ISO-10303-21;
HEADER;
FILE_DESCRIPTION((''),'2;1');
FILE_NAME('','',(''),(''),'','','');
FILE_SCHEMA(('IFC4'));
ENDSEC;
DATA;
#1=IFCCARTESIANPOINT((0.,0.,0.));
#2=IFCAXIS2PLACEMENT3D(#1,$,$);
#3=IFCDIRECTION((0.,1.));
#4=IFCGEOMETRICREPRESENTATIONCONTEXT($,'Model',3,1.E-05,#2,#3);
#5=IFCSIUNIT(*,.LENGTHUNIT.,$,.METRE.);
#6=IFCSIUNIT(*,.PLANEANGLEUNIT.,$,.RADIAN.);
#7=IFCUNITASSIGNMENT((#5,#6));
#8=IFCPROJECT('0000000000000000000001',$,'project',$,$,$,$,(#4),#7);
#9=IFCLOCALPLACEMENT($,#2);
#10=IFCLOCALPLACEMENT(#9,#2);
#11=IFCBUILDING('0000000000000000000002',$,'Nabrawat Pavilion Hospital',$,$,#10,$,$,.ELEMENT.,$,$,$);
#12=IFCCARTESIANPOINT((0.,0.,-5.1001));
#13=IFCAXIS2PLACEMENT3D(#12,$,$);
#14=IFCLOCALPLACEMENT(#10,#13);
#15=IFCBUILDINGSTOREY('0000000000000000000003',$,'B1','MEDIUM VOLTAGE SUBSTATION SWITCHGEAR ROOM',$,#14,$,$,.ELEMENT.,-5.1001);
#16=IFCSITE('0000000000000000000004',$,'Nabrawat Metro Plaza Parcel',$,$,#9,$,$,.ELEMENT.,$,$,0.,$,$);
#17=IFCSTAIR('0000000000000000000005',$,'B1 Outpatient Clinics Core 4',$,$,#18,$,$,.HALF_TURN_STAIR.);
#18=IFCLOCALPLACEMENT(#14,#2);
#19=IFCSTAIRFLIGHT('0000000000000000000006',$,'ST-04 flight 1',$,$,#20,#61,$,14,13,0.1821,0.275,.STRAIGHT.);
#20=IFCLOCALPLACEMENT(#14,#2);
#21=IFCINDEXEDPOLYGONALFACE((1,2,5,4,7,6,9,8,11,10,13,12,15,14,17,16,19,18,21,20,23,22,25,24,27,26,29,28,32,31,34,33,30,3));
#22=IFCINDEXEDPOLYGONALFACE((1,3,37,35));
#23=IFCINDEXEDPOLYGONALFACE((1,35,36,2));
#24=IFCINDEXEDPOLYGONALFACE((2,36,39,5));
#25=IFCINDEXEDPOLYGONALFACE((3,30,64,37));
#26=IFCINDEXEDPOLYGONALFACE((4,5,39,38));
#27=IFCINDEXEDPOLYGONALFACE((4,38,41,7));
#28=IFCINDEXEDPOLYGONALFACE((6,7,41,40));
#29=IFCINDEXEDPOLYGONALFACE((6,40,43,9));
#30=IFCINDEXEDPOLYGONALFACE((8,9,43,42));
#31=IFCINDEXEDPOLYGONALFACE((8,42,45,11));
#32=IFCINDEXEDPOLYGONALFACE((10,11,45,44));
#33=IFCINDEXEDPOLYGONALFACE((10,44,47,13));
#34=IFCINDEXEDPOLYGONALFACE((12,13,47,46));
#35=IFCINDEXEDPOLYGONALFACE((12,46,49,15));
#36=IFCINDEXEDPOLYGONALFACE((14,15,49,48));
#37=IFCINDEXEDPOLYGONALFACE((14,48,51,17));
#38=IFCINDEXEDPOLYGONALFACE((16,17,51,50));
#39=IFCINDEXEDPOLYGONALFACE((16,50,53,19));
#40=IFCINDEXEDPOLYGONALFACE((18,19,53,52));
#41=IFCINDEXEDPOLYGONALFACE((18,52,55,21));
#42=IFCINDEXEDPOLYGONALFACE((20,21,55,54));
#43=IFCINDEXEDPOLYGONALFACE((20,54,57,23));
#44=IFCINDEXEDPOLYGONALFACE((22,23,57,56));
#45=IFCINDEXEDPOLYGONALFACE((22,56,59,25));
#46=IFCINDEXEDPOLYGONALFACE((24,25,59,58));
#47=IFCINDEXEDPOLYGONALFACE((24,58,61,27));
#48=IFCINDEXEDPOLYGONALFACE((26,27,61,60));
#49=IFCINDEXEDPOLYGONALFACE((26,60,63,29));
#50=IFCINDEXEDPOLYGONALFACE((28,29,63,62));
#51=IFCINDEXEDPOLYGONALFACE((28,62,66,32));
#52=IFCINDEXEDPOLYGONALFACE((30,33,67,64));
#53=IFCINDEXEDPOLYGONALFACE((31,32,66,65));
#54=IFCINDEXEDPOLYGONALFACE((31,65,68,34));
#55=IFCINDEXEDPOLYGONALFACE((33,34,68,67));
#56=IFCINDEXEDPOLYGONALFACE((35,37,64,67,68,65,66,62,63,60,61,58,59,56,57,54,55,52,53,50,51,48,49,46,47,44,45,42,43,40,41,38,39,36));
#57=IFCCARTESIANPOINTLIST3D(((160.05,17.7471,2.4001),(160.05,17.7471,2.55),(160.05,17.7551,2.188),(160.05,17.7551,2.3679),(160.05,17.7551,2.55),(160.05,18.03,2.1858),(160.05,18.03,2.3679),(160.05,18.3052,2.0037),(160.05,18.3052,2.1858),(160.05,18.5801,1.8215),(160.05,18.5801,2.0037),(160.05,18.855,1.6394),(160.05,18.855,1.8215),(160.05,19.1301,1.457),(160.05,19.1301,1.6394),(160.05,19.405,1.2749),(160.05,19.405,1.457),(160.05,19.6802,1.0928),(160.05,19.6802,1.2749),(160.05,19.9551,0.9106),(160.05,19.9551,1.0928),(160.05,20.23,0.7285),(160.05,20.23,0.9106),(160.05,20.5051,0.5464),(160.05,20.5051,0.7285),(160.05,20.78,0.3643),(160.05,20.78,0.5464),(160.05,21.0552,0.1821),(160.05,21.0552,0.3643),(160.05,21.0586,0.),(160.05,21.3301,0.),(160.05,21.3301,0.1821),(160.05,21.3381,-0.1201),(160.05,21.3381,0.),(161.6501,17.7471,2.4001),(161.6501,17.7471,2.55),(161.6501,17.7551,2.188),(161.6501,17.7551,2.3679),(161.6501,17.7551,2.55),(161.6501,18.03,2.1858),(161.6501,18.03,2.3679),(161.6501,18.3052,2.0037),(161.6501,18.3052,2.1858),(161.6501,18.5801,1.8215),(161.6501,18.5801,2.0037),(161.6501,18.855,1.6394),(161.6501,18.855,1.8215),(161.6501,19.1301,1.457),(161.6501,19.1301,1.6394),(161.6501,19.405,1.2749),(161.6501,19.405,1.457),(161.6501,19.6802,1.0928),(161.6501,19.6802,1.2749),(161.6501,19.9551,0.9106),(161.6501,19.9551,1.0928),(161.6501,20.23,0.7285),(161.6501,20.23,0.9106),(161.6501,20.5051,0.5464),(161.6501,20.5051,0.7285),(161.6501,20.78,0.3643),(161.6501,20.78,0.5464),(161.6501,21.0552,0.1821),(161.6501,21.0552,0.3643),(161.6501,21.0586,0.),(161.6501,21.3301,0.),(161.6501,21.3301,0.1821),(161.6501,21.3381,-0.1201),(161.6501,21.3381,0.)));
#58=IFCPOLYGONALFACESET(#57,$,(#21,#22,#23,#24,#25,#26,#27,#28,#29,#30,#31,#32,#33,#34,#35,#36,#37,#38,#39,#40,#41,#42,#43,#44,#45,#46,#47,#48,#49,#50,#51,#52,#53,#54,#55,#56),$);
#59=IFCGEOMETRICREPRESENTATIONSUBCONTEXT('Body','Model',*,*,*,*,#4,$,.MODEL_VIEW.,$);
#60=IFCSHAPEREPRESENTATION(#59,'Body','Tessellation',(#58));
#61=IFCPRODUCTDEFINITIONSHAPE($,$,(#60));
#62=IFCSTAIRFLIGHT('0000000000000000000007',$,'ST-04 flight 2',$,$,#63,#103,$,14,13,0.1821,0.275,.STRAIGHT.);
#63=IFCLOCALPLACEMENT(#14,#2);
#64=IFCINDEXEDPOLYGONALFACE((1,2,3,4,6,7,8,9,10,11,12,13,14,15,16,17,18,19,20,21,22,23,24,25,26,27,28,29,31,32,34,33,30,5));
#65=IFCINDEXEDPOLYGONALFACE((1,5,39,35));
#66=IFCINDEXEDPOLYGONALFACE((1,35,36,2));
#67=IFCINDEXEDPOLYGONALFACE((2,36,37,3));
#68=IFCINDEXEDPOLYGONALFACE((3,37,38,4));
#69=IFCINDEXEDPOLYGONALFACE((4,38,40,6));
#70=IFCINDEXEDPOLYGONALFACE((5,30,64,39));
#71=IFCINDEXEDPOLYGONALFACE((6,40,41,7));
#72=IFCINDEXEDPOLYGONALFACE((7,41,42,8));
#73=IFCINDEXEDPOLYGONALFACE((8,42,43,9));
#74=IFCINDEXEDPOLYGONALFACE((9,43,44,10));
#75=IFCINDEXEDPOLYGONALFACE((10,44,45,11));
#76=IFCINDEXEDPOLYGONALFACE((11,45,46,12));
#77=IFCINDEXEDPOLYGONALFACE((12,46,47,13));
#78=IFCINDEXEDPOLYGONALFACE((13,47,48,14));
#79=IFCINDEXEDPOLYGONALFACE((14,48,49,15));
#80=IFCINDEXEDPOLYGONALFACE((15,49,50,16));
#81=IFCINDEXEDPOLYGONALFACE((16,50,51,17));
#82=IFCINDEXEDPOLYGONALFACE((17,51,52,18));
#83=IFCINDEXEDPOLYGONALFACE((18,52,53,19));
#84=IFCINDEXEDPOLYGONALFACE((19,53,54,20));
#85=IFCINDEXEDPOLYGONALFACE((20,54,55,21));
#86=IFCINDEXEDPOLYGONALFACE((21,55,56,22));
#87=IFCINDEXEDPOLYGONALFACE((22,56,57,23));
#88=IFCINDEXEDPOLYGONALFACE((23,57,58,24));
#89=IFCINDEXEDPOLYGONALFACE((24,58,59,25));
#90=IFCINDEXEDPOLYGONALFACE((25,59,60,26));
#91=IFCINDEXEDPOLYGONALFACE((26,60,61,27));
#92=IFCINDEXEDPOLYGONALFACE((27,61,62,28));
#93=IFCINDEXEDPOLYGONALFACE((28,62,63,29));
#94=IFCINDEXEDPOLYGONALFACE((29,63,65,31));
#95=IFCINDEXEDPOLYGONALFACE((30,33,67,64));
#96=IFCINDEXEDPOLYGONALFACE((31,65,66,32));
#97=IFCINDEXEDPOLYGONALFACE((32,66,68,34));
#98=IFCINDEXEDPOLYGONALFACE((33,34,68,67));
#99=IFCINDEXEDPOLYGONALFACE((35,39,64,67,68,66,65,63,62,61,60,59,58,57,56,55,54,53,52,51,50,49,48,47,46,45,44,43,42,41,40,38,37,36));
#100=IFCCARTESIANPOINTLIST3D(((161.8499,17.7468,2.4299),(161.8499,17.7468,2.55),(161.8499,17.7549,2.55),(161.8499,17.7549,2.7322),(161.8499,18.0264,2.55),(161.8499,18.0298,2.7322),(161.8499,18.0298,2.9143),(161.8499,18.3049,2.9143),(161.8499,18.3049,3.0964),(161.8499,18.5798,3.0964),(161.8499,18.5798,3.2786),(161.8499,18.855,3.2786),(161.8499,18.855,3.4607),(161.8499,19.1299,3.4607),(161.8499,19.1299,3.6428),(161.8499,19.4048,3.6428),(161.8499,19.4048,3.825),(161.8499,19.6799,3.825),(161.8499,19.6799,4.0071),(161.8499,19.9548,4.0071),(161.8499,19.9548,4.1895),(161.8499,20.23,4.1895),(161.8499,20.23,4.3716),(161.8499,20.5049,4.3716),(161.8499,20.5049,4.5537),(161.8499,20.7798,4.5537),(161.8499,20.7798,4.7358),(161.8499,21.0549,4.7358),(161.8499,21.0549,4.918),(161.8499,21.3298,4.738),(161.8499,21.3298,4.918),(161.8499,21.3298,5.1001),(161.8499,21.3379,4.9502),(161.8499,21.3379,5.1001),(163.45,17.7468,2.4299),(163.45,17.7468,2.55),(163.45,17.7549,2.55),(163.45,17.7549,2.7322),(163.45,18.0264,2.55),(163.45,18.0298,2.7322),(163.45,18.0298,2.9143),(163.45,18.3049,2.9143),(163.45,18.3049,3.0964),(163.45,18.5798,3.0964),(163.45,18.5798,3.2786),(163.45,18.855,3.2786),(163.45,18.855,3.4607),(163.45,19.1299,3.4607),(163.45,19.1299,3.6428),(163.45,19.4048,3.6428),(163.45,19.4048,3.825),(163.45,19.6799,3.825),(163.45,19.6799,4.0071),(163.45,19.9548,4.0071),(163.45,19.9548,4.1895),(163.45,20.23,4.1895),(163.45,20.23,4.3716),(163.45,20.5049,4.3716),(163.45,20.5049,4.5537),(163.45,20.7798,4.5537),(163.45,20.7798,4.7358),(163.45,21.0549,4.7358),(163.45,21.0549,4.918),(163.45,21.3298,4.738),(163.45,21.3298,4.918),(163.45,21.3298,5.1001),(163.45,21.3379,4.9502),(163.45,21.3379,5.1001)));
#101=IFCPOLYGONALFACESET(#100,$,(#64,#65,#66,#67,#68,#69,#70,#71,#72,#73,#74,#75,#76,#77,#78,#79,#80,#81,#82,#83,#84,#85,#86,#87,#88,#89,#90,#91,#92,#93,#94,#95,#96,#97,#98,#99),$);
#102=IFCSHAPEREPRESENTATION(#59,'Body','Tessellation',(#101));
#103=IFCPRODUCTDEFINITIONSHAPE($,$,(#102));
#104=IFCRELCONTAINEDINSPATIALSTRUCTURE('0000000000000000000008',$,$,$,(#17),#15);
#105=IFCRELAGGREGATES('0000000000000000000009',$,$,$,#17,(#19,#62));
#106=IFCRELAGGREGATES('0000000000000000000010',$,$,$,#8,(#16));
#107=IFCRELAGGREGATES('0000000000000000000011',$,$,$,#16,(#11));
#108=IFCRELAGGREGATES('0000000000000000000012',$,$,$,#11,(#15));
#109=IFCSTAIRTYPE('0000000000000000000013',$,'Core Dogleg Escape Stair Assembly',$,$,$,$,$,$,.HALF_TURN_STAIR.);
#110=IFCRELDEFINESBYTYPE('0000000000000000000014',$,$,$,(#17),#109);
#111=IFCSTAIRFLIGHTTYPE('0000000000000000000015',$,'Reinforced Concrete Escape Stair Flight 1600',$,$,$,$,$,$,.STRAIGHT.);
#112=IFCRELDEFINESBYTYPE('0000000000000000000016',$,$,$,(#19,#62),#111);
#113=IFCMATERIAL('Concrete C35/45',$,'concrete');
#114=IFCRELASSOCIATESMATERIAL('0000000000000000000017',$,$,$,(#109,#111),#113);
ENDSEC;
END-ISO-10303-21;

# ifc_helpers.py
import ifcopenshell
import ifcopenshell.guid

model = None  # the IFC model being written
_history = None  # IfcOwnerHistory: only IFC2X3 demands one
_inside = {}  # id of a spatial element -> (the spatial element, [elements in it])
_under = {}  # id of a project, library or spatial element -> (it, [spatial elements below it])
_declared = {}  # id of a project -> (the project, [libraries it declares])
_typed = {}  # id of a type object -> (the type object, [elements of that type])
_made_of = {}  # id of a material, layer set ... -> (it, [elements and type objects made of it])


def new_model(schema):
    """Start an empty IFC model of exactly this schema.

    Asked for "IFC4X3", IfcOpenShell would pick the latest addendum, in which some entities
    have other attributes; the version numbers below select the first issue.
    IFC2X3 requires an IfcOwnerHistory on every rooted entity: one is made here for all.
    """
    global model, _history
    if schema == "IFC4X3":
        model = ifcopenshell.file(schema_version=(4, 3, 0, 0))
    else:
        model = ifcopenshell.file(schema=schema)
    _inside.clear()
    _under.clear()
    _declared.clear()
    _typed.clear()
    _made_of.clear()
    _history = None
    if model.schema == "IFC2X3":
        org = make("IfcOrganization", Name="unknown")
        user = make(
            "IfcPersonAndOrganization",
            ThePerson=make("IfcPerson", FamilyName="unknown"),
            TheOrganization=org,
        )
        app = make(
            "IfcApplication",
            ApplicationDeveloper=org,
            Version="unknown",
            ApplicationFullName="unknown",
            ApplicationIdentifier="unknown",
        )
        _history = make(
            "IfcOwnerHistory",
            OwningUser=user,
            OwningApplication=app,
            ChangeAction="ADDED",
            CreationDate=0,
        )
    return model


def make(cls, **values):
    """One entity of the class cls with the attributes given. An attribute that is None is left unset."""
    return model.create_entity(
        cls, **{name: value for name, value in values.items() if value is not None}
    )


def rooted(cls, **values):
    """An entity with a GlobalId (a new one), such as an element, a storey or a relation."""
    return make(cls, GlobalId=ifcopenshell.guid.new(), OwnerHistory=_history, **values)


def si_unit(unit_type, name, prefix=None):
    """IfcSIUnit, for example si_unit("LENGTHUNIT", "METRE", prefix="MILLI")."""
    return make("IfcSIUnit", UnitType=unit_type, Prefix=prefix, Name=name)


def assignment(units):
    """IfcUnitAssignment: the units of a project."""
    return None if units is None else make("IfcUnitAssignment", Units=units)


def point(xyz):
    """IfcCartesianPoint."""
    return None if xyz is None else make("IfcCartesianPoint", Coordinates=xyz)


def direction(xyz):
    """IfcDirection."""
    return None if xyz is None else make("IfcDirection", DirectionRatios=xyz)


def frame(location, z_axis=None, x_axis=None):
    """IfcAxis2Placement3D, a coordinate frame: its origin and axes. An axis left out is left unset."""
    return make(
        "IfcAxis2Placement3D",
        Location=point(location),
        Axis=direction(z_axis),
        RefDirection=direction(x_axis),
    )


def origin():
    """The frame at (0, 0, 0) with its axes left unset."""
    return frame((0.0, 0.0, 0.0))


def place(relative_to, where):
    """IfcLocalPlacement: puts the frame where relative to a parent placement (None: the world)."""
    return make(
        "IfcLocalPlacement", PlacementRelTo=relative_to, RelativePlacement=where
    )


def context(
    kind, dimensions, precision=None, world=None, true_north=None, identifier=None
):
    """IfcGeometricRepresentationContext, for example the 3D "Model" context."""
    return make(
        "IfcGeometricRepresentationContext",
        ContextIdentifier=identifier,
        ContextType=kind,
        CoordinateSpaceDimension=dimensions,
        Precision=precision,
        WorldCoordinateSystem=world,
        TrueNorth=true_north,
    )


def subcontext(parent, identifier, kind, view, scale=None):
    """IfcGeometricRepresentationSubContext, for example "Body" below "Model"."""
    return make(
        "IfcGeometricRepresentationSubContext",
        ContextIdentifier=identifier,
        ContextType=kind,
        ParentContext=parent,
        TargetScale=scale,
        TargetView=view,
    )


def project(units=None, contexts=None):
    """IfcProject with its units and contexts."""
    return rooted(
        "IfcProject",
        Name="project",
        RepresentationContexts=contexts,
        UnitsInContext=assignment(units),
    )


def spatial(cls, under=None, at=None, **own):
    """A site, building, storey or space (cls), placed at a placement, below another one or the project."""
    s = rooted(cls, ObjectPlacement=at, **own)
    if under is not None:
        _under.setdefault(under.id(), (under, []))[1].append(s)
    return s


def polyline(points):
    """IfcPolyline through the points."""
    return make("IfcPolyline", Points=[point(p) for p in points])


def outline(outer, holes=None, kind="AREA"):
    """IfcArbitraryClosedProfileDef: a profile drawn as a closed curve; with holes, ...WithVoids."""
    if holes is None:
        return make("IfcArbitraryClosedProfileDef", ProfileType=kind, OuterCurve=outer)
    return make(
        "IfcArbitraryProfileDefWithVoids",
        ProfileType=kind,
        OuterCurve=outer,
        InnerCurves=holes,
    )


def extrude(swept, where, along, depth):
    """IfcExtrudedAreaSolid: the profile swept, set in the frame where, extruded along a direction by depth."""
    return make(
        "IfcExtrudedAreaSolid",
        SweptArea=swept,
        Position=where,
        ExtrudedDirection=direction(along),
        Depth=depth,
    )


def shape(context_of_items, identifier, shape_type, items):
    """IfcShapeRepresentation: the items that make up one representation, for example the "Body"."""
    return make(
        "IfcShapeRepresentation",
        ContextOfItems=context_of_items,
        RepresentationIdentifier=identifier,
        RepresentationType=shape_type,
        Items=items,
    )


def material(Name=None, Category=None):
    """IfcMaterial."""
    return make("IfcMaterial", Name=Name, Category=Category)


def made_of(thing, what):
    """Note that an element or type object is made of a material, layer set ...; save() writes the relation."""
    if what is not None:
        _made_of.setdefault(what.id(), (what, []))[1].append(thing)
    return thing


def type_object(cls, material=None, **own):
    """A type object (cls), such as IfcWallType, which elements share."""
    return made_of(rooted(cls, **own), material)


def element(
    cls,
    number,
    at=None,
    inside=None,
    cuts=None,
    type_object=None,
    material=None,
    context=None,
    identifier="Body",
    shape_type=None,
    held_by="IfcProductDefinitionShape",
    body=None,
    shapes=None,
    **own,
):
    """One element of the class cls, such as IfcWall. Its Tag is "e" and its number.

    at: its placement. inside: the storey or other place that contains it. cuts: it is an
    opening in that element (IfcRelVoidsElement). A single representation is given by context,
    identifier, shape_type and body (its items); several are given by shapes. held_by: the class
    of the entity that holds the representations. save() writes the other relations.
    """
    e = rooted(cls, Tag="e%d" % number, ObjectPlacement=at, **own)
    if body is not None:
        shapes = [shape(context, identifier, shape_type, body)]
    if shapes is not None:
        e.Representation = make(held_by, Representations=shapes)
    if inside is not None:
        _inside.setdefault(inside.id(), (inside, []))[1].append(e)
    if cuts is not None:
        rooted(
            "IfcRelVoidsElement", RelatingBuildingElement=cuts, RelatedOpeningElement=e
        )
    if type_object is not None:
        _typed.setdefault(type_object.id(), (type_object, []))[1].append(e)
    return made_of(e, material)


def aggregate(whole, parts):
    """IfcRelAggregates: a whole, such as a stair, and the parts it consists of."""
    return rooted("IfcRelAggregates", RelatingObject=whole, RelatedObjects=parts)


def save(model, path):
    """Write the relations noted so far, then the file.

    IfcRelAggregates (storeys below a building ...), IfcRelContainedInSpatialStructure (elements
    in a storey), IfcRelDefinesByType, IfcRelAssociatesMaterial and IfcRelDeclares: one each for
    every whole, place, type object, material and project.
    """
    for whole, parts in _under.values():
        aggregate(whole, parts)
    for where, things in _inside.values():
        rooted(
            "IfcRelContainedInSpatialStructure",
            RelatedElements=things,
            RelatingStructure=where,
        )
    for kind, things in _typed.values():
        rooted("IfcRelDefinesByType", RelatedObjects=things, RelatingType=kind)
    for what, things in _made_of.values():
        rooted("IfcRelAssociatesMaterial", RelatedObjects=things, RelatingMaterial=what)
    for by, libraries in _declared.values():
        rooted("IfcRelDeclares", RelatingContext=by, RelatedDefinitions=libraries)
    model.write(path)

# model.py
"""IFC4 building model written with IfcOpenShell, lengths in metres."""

from ifc_helpers import new_model, si_unit, direction, frame, origin, place, context, subcontext, project, spatial, polyline, outline, extrude, material, type_object, element, aggregate, save


model = new_model("IFC4")

# Units and contexts
model_context = context("Model", 3, precision=1e-05, world=origin(), true_north=direction((0.0, 1.0)))
body_context = subcontext(model_context, "Body", "Model", "MODEL_VIEW")
ifc_project = project(units=[si_unit("LENGTHUNIT", "METRE"), si_unit("PLANEANGLEUNIT", "RADIAN")], contexts=[model_context])

# Site, building, storey
site_placement = place(None, origin())
site = spatial("IfcSite", under=ifc_project, at=site_placement, Name="Nabrawat Metro Plaza Parcel", CompositionType="ELEMENT", RefElevation=0.0)
building_placement = place(site_placement, origin())
building = spatial("IfcBuilding", under=site, at=building_placement, Name="Nabrawat Pavilion Hospital", CompositionType="ELEMENT")
storey_placement = place(building_placement, frame((0.0, 0.0, -5.1001)))
storey = spatial("IfcBuildingStorey", under=building, at=storey_placement, Name="B1", Description="MEDIUM VOLTAGE SUBSTATION SWITCHGEAR ROOM", CompositionType="ELEMENT", Elevation=-5.1001)

# Shared definitions
ifc_material_1 = material(Name="Concrete C35/45", Category="concrete")

# Stair, stair flights
stair_type = type_object("IfcStairType", Name="Core Dogleg Escape Stair Assembly", PredefinedType="HALF_TURN_STAIR", material=ifc_material_1)
stair_placement = place(storey_placement, origin())
stair = element("IfcStair", 1, at=stair_placement, inside=storey, type_object=stair_type, Name="B1 Outpatient Clinics Core 4", PredefinedType="HALF_TURN_STAIR")
stair_flight_type = type_object("IfcStairFlightType", Name="Reinforced Concrete Escape Stair Flight 1600", PredefinedType="STRAIGHT", material=ifc_material_1)
stair_flight_1_placement = place(storey_placement, frame((160.8501, 21.3301, 0.0), z_axis=(0.0, 0.0, 1.0), x_axis=(0.0, -1.0, 0.0)))
stair_flight_1 = element("IfcStairFlight", 2, at=stair_flight_1_placement, type_object=stair_flight_type, Name="ST-04 flight 1", NumberOfRisers=14, NumberOfTreads=13, PredefinedType="STRAIGHT", RiserHeight=0.1821, TreadLength=0.275, context=body_context, shape_type="SweptSolid", body=[
    extrude(outline(polyline([(-0.0081, 0.0), (0.0, 0.0), (0.0, 0.1821), (0.2749, 0.1821), (0.2749, 0.3643), (0.55, 0.3643), (0.55, 0.5464), (0.825, 0.5464), (0.825, 0.7285), (1.1001, 0.7285), (1.1001, 0.9106), (1.375, 0.9106), (1.375, 1.0928), (1.6499, 1.0928), (1.6499, 1.2749), (1.925, 1.2749), (1.925, 1.457), (2.2, 1.457), (2.2, 1.6394), (2.4751, 1.6394), (2.4751, 1.8215), (2.75, 1.8215), (2.75, 2.0037), (3.0249, 2.0037), (3.0249, 2.1858), (3.3, 2.1858), (3.3, 2.3679), (3.575, 2.3679), (3.575, 2.55), (3.583, 2.55), (3.583, 2.4001), (3.575, 2.188), (0.2715, 0.0), (-0.0081, -0.1201), (-0.0081, 0.0)])), frame((0.0, 0.8, 0.0), z_axis=(0.0, -1.0, 0.0), x_axis=(1.0, 0.0, 0.0)), (0.0, 0.0, 1.0), 1.6001),
])
stair_flight_2_placement = place(storey_placement, frame((162.6499, 17.7549, 2.55), z_axis=(0.0, 0.0, 1.0), x_axis=(0.0, 1.0, 0.0)))
stair_flight_2 = element("IfcStairFlight", 3, at=stair_flight_2_placement, type_object=stair_flight_type, Name="ST-04 flight 2", NumberOfRisers=14, NumberOfTreads=13, PredefinedType="STRAIGHT", RiserHeight=0.1821, TreadLength=0.275, context=body_context, shape_type="SweptSolid", body=[
    extrude(outline(polyline([(-0.0081, 0.0), (0.0, 0.0), (0.0, 0.1821), (0.2749, 0.1821), (0.2749, 0.3643), (0.55, 0.3643), (0.55, 0.5464), (0.825, 0.5464), (0.825, 0.7285), (1.1001, 0.7285), (1.1001, 0.9106), (1.375, 0.9106), (1.375, 1.0928), (1.6499, 1.0928), (1.6499, 1.2749), (1.925, 1.2749), (1.925, 1.457), (2.2, 1.457), (2.2, 1.6394), (2.4751, 1.6394), (2.4751, 1.8215), (2.75, 1.8215), (2.75, 2.0037), (3.0249, 2.0037), (3.0249, 2.1858), (3.3, 2.1858), (3.3, 2.3679), (3.575, 2.3679), (3.575, 2.55), (3.583, 2.55), (3.583, 2.4001), (3.575, 2.188), (0.2715, 0.0), (-0.0081, -0.1201), (-0.0081, 0.0)])), frame((0.0, 0.8, 0.0), z_axis=(0.0, -1.0, 0.0), x_axis=(1.0, 0.0, 0.0)), (0.0, 0.0, 1.0), 1.6001),
])
aggregate(stair, [stair_flight_1, stair_flight_2])

save(model, "model.ifc")
